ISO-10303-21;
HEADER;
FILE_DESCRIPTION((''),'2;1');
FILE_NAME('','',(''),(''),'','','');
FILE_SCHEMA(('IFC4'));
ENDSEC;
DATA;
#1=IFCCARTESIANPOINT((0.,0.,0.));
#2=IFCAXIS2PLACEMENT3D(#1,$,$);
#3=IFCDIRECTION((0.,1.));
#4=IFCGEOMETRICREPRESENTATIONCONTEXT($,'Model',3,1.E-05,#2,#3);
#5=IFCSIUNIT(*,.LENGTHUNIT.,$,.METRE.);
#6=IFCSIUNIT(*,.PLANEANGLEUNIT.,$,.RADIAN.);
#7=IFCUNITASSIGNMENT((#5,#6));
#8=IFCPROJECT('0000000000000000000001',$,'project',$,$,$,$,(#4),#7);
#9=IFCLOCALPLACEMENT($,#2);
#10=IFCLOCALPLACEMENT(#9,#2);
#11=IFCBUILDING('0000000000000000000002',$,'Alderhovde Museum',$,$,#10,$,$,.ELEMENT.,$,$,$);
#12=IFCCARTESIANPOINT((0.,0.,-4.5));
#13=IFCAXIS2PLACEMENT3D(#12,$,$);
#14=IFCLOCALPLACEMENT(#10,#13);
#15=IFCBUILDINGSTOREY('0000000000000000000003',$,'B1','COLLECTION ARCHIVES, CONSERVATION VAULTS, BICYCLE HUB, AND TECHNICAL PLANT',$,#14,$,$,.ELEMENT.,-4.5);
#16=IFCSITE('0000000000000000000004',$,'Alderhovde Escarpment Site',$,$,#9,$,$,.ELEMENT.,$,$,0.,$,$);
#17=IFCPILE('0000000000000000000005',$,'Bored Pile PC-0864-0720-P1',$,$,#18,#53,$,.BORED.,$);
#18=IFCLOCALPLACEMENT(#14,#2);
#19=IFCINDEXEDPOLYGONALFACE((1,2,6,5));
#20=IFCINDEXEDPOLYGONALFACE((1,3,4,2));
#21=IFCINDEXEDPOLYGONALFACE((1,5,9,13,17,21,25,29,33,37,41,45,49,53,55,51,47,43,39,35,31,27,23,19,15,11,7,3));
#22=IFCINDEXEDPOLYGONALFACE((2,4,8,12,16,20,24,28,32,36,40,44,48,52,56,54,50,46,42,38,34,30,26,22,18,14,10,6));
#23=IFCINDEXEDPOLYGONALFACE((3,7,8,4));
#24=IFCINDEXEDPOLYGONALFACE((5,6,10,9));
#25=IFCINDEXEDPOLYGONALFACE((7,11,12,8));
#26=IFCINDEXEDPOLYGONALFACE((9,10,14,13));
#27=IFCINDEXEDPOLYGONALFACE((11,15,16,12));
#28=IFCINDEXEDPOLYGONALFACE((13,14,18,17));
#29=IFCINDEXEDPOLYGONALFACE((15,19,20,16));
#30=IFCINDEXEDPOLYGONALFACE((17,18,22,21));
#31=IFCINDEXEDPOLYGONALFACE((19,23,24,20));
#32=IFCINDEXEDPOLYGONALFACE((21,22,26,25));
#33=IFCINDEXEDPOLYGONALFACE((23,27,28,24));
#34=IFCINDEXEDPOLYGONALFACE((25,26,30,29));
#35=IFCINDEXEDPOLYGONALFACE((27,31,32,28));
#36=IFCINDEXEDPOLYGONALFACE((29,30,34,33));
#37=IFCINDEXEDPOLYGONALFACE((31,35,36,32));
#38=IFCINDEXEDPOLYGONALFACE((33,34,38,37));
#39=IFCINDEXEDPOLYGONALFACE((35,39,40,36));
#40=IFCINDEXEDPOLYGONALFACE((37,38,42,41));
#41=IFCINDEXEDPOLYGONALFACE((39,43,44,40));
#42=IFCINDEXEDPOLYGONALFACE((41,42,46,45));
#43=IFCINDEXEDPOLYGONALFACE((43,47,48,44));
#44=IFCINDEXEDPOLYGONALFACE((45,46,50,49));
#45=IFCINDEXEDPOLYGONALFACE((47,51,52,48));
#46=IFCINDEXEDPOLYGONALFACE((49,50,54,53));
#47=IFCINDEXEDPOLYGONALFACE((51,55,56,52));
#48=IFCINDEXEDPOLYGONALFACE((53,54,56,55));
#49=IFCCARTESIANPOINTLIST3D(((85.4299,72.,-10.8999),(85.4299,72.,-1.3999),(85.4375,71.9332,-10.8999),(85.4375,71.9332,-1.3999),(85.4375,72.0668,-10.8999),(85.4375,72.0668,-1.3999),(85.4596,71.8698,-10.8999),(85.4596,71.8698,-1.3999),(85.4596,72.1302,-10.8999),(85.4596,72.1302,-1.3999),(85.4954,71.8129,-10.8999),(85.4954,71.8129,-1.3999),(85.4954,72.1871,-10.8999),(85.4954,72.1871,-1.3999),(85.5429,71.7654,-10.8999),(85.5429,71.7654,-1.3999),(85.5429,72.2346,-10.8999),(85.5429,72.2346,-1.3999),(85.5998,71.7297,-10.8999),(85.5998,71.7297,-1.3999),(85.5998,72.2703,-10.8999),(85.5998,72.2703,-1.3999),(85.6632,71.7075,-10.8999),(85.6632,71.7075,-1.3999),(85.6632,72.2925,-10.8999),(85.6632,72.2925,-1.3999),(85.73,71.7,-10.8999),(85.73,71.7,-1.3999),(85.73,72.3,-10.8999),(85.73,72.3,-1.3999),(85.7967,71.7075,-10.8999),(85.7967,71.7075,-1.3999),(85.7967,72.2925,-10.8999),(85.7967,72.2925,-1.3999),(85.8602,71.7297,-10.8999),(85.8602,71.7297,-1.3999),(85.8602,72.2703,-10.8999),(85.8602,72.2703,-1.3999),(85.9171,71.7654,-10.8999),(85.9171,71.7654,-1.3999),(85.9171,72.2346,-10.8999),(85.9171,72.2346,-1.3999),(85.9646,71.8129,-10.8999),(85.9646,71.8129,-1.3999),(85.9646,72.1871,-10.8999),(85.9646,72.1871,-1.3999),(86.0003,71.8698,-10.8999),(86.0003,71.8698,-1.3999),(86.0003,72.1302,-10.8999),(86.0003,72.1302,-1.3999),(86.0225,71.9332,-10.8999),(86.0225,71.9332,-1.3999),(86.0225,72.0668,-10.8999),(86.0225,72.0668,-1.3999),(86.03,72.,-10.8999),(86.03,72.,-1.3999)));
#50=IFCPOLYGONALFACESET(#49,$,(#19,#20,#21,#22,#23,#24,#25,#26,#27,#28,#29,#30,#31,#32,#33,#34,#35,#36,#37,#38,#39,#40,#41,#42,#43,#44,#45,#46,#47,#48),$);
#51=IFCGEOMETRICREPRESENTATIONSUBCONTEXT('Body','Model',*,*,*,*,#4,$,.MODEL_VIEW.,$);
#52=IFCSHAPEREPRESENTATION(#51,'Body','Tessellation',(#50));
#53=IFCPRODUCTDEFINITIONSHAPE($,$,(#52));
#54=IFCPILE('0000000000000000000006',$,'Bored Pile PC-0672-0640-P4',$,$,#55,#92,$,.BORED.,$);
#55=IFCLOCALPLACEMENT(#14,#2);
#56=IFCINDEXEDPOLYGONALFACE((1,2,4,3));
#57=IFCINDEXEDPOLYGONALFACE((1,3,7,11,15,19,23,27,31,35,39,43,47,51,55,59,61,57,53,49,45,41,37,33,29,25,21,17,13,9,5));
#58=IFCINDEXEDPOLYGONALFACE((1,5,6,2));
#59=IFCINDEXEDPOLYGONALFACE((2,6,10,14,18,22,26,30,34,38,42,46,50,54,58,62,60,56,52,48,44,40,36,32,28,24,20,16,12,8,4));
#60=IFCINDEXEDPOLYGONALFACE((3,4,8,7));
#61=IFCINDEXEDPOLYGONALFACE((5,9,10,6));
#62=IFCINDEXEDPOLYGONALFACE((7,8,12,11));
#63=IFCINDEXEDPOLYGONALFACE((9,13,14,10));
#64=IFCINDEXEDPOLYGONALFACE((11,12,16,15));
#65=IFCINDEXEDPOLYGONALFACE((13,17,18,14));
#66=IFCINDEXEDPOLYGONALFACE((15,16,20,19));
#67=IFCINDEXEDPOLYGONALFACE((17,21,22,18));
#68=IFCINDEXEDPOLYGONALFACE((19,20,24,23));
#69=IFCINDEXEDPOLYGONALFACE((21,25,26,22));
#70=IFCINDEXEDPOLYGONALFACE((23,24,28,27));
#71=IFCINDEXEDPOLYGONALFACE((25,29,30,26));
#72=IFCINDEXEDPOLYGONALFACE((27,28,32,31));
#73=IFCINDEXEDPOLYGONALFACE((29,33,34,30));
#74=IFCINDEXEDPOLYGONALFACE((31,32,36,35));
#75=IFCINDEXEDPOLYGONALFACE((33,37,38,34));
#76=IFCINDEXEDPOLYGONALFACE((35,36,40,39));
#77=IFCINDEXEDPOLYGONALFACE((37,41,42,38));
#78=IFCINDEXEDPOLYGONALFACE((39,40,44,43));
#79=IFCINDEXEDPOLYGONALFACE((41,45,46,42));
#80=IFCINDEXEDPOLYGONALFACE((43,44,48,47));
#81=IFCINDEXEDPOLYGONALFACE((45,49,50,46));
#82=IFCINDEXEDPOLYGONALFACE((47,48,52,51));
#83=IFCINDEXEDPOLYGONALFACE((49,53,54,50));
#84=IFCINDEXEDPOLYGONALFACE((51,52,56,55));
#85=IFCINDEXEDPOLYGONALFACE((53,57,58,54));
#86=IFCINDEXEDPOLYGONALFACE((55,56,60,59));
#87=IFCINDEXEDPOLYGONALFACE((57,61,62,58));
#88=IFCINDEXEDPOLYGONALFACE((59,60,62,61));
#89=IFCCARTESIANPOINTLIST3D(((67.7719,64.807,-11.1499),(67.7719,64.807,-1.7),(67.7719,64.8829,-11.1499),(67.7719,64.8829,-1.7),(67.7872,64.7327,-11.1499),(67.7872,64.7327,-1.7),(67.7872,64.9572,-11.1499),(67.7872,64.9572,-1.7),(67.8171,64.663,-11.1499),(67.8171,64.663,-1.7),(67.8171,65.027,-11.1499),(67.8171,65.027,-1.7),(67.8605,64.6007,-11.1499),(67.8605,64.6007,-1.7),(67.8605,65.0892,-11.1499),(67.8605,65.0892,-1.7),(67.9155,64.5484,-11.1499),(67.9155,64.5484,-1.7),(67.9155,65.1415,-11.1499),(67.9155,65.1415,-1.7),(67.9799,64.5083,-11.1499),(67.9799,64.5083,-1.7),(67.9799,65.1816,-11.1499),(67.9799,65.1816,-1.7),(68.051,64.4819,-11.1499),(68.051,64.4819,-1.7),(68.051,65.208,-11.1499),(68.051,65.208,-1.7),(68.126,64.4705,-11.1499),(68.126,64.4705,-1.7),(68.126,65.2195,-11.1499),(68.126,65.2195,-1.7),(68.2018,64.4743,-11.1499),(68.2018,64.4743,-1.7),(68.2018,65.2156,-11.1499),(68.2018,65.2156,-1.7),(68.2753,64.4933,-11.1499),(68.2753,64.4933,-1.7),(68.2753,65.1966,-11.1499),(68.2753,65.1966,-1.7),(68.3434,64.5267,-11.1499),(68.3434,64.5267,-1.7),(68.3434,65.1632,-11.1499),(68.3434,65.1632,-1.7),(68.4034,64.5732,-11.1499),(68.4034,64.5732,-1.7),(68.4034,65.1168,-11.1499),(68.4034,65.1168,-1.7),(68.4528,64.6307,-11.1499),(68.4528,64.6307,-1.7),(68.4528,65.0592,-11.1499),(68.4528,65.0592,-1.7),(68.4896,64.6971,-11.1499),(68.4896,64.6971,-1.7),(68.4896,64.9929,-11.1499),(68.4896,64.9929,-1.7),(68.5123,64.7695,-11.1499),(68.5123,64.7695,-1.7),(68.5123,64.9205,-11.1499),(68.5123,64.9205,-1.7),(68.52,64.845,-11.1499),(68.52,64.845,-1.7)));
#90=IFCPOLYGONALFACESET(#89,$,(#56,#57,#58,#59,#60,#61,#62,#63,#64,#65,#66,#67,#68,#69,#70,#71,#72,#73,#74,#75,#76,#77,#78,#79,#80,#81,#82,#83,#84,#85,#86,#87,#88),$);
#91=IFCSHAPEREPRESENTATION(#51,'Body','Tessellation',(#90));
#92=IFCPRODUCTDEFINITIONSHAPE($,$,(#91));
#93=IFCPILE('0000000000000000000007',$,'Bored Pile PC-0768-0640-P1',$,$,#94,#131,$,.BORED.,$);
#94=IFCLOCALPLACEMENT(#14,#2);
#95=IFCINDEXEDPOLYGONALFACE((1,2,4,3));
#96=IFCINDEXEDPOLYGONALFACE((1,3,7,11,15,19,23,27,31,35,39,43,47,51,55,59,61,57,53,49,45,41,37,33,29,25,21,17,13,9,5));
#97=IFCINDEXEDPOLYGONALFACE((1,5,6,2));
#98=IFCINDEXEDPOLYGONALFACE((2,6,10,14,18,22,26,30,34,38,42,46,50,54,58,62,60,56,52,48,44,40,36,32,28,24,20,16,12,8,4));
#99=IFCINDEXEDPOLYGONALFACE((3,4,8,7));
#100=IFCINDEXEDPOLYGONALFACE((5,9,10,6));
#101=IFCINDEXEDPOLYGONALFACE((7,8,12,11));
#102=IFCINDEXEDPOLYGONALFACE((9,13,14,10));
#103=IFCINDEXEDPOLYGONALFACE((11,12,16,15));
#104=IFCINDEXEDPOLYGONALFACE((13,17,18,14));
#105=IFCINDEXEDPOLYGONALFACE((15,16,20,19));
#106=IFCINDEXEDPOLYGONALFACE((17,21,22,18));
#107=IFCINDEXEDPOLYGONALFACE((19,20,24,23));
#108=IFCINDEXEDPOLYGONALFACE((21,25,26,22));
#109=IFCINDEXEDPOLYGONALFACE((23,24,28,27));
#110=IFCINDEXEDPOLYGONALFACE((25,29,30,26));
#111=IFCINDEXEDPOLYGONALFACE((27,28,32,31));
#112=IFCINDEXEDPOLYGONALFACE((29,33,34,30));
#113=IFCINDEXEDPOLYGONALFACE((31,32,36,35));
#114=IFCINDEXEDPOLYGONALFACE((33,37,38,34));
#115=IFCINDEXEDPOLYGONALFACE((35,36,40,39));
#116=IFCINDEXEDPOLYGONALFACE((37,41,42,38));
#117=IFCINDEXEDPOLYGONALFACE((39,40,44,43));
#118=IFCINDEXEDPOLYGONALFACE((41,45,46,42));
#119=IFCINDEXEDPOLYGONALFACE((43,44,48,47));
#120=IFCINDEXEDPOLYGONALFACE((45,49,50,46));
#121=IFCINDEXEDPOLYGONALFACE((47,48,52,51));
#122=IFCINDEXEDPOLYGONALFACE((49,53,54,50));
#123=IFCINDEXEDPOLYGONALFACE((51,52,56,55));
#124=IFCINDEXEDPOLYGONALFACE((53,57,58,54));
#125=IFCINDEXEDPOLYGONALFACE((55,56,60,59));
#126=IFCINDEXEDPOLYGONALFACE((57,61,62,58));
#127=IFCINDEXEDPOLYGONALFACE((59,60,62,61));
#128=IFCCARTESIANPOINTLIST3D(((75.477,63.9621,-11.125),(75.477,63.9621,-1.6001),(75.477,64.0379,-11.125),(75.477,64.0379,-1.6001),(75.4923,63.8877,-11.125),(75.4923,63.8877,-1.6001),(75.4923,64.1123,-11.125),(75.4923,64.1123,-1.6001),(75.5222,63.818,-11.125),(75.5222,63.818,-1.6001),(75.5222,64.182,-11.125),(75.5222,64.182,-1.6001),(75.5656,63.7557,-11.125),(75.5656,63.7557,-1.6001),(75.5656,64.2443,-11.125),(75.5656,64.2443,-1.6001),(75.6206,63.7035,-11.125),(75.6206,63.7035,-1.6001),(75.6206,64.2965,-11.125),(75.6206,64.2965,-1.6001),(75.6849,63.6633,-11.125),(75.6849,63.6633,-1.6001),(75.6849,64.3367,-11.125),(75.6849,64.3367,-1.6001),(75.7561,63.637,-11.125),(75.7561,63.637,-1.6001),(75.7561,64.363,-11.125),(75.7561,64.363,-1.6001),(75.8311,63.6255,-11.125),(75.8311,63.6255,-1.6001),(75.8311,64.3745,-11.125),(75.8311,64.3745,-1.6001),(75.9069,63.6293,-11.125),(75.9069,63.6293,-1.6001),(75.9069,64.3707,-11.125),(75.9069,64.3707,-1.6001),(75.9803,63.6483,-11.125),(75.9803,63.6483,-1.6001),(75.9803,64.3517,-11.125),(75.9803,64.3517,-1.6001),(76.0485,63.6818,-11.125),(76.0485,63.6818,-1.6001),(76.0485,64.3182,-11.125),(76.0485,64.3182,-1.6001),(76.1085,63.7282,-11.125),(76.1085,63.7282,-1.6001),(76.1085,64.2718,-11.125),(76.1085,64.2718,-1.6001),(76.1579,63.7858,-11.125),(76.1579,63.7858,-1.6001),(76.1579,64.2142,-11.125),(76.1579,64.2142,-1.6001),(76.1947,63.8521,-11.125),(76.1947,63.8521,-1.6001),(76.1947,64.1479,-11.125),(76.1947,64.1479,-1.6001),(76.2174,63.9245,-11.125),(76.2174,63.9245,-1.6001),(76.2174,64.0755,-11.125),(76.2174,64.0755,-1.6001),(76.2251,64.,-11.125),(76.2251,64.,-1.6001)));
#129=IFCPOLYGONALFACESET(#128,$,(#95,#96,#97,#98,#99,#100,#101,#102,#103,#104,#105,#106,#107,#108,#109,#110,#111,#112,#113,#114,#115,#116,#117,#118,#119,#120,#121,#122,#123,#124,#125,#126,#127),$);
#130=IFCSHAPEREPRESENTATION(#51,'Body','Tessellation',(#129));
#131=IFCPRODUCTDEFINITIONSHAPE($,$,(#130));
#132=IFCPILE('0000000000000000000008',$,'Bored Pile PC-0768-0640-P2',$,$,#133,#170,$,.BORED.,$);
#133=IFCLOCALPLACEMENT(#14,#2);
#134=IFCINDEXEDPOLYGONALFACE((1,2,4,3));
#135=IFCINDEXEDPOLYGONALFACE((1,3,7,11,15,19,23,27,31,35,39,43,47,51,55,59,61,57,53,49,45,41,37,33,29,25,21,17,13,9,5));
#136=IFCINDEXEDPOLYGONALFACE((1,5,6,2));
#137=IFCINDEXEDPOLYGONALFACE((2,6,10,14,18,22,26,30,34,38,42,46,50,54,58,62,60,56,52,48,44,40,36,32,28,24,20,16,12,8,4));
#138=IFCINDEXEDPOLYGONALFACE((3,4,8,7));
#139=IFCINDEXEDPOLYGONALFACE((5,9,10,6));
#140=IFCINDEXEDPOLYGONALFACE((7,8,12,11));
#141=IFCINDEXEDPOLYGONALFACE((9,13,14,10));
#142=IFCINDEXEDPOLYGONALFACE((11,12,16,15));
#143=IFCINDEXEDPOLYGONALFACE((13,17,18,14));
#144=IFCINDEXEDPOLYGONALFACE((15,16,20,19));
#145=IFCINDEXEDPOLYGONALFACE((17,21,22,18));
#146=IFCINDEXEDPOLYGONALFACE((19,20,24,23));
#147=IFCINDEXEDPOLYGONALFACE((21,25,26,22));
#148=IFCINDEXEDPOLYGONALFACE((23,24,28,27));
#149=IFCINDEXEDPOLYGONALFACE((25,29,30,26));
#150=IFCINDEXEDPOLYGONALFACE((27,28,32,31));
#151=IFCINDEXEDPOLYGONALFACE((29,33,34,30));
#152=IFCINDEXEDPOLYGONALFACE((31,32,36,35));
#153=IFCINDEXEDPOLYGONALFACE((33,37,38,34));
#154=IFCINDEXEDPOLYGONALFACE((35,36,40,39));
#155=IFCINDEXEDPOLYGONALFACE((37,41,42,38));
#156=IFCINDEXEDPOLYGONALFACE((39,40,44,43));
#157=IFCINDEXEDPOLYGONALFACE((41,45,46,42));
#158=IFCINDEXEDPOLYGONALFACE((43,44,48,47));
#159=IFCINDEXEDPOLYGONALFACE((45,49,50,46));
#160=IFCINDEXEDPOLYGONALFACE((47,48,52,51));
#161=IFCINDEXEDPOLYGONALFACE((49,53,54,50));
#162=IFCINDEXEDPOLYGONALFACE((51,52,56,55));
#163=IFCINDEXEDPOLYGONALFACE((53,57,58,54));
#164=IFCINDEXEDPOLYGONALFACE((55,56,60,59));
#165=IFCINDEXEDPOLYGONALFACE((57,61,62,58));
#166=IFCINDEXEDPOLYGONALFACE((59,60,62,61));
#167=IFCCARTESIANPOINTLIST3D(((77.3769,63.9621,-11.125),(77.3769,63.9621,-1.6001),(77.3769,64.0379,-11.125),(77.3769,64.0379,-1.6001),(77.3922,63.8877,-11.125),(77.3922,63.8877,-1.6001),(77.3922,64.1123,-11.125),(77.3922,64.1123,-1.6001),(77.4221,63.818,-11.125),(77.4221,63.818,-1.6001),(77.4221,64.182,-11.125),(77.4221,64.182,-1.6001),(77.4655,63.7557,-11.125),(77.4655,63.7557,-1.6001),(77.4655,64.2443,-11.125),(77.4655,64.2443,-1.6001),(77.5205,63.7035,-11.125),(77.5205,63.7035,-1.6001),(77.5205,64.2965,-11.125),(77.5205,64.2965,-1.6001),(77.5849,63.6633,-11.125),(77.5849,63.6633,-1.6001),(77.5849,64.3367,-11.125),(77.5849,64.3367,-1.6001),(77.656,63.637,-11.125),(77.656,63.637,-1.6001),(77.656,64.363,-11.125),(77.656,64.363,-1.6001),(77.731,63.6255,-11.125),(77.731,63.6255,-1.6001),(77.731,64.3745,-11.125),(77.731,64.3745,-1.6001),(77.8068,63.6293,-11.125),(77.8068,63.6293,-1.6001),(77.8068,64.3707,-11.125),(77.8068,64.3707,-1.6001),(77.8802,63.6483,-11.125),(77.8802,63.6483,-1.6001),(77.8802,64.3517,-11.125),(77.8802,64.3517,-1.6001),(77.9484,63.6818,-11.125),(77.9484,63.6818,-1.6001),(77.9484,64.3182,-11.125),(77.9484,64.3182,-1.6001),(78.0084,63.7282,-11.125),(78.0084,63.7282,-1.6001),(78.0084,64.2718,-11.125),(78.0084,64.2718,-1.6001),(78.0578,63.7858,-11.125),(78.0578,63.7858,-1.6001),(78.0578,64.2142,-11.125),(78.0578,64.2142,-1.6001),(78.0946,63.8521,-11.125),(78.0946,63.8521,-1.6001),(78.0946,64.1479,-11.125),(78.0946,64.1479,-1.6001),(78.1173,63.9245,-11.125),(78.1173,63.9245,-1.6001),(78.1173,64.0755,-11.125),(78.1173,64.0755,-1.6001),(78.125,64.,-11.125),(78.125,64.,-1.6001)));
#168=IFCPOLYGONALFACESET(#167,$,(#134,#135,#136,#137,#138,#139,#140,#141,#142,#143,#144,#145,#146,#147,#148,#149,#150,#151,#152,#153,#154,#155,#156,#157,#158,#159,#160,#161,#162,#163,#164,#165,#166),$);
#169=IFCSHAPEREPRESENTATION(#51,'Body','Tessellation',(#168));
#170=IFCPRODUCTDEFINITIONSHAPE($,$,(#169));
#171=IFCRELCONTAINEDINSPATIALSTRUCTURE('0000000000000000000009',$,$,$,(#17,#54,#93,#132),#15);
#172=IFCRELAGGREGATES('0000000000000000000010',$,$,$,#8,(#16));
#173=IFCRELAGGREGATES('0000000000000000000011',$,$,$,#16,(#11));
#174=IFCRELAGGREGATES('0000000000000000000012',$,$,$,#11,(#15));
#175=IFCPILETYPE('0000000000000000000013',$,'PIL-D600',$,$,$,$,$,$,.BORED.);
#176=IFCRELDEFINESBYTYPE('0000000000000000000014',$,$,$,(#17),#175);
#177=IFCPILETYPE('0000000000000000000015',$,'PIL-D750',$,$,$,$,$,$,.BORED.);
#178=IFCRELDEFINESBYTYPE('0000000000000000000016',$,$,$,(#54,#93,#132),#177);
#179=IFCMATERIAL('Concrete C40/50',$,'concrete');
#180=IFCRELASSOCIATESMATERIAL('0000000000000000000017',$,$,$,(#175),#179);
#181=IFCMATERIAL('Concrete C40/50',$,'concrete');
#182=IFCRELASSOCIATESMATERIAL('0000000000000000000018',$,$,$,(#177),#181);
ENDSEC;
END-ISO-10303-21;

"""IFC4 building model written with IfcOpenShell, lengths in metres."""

from ifc_helpers import new_model, si_unit, direction, frame, origin, origin_2d, place, context, subcontext, project, spatial, circle, extrude, material, material_profile, profile_set, type_object, element, save


model = new_model("IFC4")

# Units and contexts
model_context = context("Model", 3, precision=1e-05, world=origin(), true_north=direction((0.0, 1.0)))
body_context = subcontext(model_context, "Body", "Model", "MODEL_VIEW")
ifc_project = project(units=[si_unit("LENGTHUNIT", "METRE"), si_unit("PLANEANGLEUNIT", "RADIAN")], contexts=[model_context])

# Site, building, storey
site_placement = place(None, origin())
site = spatial("IfcSite", under=ifc_project, at=site_placement, Name="Alderhovde Escarpment Site", CompositionType="ELEMENT", RefElevation=0.0)
building_placement = place(site_placement, origin())
building = spatial("IfcBuilding", under=site, at=building_placement, Name="Alderhovde Museum", CompositionType="ELEMENT")
storey_placement = place(building_placement, frame((0.0, 0.0, -4.5)))
storey = spatial("IfcBuildingStorey", under=building, at=storey_placement, Name="B1", Description="COLLECTION ARCHIVES, CONSERVATION VAULTS, BICYCLE HUB, AND TECHNICAL PLANT", CompositionType="ELEMENT", Elevation=-4.5)

# Piles
ifc_material_1 = material(Name="Concrete C40/50", Category="concrete")
ifc_material_profile_1 = material_profile(ifc_material_1, circle(Radius=0.3, at=origin_2d()), Name="PILE-D600")
ifc_profile_set_1 = profile_set([ifc_material_profile_1], Name="Concrete C40/50")
pile_type_1 = type_object("IfcPileType", Name="PIL-D600", PredefinedType="BORED", material=ifc_profile_set_1)
pile_1_placement = place(storey_placement, frame((85.73, 72.0, -1.3999), z_axis=(0.0, 0.0, -1.0), x_axis=(1.0, 0.0, 0.0)))
element("IfcPile", 1, at=pile_1_placement, inside=storey, type_object=pile_type_1, Name="Bored Pile PC-0864-0720-P1", PredefinedType="BORED", context=body_context, shape_type="SweptSolid", body=[
    extrude(circle(Radius=0.3, at=origin_2d()), origin(), (0.0, 0.0, 1.0), 9.5),
])
ifc_material_2 = material(Name="Concrete C40/50", Category="concrete")
ifc_material_profile_2 = material_profile(ifc_material_2, circle(Radius=0.375, at=origin_2d()), Name="PILE-D750")
ifc_profile_set_2 = profile_set([ifc_material_profile_2], Name="Concrete C40/50")
pile_type_2 = type_object("IfcPileType", Name="PIL-D750", PredefinedType="BORED", material=ifc_profile_set_2)
pile_2_placement = place(storey_placement, frame((68.145, 64.845, -1.7), z_axis=(0.0, 0.0, -1.0), x_axis=(1.0, 0.0, 0.0)))
element("IfcPile", 2, at=pile_2_placement, inside=storey, type_object=pile_type_2, Name="Bored Pile PC-0672-0640-P4", PredefinedType="BORED", context=body_context, shape_type="SweptSolid", body=[
    extrude(circle(Radius=0.375, at=origin_2d()), origin(), (0.0, 0.0, 1.0), 9.45),
])
for number, where, z_axis, x_axis, name in (
    (3, (75.8501, 64.0, -1.6001), (0.0, 0.0, -1.0), (1.0, 0.0, 0.0), "Bored Pile PC-0768-0640-P1"),
    (4, (77.75, 64.0, -1.6001), (0.0, 0.0, -1.0), (1.0, 0.0, 0.0), "Bored Pile PC-0768-0640-P2"),
):
    element("IfcPile", number, at=place(storey_placement, frame(where, z_axis=z_axis, x_axis=x_axis)), inside=storey, type_object=pile_type_2, Name=name, PredefinedType="BORED", context=body_context, shape_type="SweptSolid", body=[
        extrude(circle(Radius=0.375, at=origin_2d()), origin(), (0.0, 0.0, 1.0), 9.5249),
    ])

save(model, "model.ifc")
